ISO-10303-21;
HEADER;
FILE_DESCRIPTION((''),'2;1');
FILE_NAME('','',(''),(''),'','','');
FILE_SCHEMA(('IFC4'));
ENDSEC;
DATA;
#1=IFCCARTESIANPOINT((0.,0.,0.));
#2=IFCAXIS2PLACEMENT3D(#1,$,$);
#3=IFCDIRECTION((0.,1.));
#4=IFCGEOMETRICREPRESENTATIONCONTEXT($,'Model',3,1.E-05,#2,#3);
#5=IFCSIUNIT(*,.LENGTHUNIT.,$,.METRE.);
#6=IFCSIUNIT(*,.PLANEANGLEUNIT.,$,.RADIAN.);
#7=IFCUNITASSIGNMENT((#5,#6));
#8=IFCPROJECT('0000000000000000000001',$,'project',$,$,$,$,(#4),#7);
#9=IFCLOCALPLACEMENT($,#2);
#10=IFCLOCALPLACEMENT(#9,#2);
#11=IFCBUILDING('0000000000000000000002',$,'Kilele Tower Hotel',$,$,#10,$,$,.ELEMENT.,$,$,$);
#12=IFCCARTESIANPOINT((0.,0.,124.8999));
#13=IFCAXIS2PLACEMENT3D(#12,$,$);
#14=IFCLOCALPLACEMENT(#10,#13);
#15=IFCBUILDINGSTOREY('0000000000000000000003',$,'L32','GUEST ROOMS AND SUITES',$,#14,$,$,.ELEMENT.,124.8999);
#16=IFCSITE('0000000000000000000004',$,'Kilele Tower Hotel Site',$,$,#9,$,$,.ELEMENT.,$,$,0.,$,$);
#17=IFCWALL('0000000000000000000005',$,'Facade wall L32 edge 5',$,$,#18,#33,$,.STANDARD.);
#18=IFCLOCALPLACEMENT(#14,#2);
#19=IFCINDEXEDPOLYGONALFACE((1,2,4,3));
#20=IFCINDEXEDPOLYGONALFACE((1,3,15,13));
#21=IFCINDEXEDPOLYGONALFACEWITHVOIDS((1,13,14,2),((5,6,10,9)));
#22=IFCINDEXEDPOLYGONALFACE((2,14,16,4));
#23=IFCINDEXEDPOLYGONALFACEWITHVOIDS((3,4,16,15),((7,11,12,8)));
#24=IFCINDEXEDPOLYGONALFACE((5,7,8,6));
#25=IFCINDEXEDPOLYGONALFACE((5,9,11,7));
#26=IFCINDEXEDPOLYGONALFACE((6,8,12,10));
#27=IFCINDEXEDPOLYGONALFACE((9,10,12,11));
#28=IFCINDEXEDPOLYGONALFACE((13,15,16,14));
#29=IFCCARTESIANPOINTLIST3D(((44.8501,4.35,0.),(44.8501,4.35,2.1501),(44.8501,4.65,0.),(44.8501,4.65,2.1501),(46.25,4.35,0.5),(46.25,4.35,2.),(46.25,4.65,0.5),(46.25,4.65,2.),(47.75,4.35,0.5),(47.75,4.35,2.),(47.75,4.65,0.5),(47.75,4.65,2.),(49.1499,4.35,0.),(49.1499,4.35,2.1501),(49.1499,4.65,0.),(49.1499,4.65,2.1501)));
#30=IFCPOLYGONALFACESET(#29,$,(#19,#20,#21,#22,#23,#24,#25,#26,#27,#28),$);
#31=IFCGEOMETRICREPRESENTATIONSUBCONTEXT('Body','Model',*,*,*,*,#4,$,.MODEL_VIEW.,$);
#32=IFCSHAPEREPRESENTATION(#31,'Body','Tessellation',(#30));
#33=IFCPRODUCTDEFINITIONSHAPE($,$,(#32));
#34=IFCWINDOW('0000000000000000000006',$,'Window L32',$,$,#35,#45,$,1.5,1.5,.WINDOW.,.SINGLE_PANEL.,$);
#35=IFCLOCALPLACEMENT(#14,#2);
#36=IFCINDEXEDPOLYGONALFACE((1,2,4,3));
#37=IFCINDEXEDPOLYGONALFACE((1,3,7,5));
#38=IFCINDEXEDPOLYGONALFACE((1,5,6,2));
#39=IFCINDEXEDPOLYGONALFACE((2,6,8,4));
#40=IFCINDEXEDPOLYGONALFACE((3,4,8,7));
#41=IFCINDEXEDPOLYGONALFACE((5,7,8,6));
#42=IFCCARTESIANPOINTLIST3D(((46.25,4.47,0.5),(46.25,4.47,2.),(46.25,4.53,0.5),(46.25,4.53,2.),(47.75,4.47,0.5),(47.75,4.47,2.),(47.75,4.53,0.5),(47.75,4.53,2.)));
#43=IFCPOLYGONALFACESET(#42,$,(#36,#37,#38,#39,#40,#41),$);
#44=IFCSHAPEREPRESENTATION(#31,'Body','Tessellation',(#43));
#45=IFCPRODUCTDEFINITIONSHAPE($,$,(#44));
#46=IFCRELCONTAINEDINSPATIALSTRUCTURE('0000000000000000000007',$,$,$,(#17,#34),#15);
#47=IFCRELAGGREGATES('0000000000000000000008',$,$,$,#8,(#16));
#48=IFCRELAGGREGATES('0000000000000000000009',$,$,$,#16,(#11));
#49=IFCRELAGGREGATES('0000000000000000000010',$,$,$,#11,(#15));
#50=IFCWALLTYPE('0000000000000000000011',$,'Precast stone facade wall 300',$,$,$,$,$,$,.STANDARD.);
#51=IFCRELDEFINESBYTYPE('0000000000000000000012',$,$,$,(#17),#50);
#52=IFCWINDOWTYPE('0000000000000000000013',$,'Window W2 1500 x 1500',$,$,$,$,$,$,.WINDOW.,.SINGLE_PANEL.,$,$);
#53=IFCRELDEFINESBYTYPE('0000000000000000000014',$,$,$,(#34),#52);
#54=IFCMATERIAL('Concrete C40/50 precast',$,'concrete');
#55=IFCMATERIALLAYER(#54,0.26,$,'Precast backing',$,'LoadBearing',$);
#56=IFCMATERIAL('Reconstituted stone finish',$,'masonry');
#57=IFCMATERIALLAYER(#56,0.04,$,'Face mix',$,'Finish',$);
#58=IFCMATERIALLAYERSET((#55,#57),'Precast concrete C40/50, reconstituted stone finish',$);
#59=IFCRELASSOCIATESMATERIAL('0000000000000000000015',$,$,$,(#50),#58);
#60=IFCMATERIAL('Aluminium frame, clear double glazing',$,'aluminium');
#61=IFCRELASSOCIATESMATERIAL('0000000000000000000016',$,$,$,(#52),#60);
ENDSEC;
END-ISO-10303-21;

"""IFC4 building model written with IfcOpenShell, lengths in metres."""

from ifc_helpers import new_model, si_unit, direction, frame, frame_2d, origin, place, context, subcontext, project, spatial, rectangle, extrude, material, layer, layer_set, type_object, element, fill, save


model = new_model("IFC4")

# Units and contexts
model_context = context("Model", 3, precision=1e-05, world=origin(), true_north=direction((0.0, 1.0)))
body_context = subcontext(model_context, "Body", "Model", "MODEL_VIEW")
ifc_project = project(units=[si_unit("LENGTHUNIT", "METRE"), si_unit("PLANEANGLEUNIT", "RADIAN")], contexts=[model_context])

# Site, building, storey
site_placement = place(None, origin())
site = spatial("IfcSite", under=ifc_project, at=site_placement, Name="Kilele Tower Hotel Site", CompositionType="ELEMENT", RefElevation=0.0)
building_placement = place(site_placement, origin())
building = spatial("IfcBuilding", under=site, at=building_placement, Name="Kilele Tower Hotel", CompositionType="ELEMENT")
storey_placement = place(building_placement, frame((0.0, 0.0, 124.8999)))
storey = spatial("IfcBuildingStorey", under=building, at=storey_placement, Name="L32", Description="GUEST ROOMS AND SUITES", CompositionType="ELEMENT", Elevation=124.8999)

# Wall, opening, window
ifc_material_1 = material(Name="Concrete C40/50 precast", Category="concrete")
ifc_layer_1 = layer(ifc_material_1, 0.26, Name="Precast backing", Category="LoadBearing")
ifc_material_2 = material(Name="Reconstituted stone finish", Category="masonry")
ifc_layer_2 = layer(ifc_material_2, 0.04, Name="Face mix", Category="Finish")
ifc_layer_set_1 = layer_set([ifc_layer_1, ifc_layer_2], Name="Precast concrete C40/50, reconstituted stone finish")
wall_type_1 = type_object("IfcWallType", Name="Precast stone facade wall 300", PredefinedType="STANDARD", material=ifc_layer_set_1)
ifc_material_3 = material(Name="Aluminium frame, clear double glazing", Category="aluminium")
window_type = type_object("IfcWindowType", Name="Window W2 1500 x 1500", PartitioningType="SINGLE_PANEL", PredefinedType="WINDOW", material=ifc_material_3)
wall_1_placement = place(storey_placement, frame((44.8501, 4.5, 0.0), z_axis=(0.0, 0.0, 1.0), x_axis=(1.0, 0.0, 0.0)))
wall_1 = element("IfcWall", 1, at=wall_1_placement, inside=storey, type_object=wall_type_1, Name="Facade wall L32 edge 5", PredefinedType="STANDARD", context=body_context, shape_type="SweptSolid", body=[
    extrude(rectangle(XDim=4.2998, YDim=0.3, at=frame_2d((2.1499, 0.0))), origin(), (0.0, 0.0, 1.0), 2.1501),
])
opening_1_placement = place(wall_1_placement, frame((1.3999, 0.0, 0.5)))
opening_1 = element("IfcOpeningElement", 2, at=opening_1_placement, cuts=wall_1, PredefinedType="OPENING", context=body_context, shape_type="SweptSolid", body=[
    extrude(rectangle(XDim=1.5, YDim=1.5, at=frame_2d((0.75, 0.75))), frame((0.0, 0.1599, 0.0), z_axis=(0.0, -1.0, 0.0), x_axis=(1.0, 0.0, 0.0)), (0.0, 0.0, 1.0), 0.3201),
])
window_1_placement = place(opening_1_placement, origin())
window_1 = element("IfcWindow", 3, at=window_1_placement, inside=storey, type_object=window_type, Name="Window L32", OverallHeight=1.5, OverallWidth=1.5, PartitioningType="SINGLE_PANEL", PredefinedType="WINDOW", context=body_context, shape_type="SweptSolid", body=[
    extrude(rectangle(XDim=1.5, YDim=1.5, at=frame_2d((0.75, 0.75))), frame((0.0, 0.03, 0.0), z_axis=(0.0, -1.0, 0.0), x_axis=(1.0, 0.0, 0.0)), (0.0, 0.0, 1.0), 0.0601),
])
fill(opening_1, window_1)

save(model, "model.ifc")
